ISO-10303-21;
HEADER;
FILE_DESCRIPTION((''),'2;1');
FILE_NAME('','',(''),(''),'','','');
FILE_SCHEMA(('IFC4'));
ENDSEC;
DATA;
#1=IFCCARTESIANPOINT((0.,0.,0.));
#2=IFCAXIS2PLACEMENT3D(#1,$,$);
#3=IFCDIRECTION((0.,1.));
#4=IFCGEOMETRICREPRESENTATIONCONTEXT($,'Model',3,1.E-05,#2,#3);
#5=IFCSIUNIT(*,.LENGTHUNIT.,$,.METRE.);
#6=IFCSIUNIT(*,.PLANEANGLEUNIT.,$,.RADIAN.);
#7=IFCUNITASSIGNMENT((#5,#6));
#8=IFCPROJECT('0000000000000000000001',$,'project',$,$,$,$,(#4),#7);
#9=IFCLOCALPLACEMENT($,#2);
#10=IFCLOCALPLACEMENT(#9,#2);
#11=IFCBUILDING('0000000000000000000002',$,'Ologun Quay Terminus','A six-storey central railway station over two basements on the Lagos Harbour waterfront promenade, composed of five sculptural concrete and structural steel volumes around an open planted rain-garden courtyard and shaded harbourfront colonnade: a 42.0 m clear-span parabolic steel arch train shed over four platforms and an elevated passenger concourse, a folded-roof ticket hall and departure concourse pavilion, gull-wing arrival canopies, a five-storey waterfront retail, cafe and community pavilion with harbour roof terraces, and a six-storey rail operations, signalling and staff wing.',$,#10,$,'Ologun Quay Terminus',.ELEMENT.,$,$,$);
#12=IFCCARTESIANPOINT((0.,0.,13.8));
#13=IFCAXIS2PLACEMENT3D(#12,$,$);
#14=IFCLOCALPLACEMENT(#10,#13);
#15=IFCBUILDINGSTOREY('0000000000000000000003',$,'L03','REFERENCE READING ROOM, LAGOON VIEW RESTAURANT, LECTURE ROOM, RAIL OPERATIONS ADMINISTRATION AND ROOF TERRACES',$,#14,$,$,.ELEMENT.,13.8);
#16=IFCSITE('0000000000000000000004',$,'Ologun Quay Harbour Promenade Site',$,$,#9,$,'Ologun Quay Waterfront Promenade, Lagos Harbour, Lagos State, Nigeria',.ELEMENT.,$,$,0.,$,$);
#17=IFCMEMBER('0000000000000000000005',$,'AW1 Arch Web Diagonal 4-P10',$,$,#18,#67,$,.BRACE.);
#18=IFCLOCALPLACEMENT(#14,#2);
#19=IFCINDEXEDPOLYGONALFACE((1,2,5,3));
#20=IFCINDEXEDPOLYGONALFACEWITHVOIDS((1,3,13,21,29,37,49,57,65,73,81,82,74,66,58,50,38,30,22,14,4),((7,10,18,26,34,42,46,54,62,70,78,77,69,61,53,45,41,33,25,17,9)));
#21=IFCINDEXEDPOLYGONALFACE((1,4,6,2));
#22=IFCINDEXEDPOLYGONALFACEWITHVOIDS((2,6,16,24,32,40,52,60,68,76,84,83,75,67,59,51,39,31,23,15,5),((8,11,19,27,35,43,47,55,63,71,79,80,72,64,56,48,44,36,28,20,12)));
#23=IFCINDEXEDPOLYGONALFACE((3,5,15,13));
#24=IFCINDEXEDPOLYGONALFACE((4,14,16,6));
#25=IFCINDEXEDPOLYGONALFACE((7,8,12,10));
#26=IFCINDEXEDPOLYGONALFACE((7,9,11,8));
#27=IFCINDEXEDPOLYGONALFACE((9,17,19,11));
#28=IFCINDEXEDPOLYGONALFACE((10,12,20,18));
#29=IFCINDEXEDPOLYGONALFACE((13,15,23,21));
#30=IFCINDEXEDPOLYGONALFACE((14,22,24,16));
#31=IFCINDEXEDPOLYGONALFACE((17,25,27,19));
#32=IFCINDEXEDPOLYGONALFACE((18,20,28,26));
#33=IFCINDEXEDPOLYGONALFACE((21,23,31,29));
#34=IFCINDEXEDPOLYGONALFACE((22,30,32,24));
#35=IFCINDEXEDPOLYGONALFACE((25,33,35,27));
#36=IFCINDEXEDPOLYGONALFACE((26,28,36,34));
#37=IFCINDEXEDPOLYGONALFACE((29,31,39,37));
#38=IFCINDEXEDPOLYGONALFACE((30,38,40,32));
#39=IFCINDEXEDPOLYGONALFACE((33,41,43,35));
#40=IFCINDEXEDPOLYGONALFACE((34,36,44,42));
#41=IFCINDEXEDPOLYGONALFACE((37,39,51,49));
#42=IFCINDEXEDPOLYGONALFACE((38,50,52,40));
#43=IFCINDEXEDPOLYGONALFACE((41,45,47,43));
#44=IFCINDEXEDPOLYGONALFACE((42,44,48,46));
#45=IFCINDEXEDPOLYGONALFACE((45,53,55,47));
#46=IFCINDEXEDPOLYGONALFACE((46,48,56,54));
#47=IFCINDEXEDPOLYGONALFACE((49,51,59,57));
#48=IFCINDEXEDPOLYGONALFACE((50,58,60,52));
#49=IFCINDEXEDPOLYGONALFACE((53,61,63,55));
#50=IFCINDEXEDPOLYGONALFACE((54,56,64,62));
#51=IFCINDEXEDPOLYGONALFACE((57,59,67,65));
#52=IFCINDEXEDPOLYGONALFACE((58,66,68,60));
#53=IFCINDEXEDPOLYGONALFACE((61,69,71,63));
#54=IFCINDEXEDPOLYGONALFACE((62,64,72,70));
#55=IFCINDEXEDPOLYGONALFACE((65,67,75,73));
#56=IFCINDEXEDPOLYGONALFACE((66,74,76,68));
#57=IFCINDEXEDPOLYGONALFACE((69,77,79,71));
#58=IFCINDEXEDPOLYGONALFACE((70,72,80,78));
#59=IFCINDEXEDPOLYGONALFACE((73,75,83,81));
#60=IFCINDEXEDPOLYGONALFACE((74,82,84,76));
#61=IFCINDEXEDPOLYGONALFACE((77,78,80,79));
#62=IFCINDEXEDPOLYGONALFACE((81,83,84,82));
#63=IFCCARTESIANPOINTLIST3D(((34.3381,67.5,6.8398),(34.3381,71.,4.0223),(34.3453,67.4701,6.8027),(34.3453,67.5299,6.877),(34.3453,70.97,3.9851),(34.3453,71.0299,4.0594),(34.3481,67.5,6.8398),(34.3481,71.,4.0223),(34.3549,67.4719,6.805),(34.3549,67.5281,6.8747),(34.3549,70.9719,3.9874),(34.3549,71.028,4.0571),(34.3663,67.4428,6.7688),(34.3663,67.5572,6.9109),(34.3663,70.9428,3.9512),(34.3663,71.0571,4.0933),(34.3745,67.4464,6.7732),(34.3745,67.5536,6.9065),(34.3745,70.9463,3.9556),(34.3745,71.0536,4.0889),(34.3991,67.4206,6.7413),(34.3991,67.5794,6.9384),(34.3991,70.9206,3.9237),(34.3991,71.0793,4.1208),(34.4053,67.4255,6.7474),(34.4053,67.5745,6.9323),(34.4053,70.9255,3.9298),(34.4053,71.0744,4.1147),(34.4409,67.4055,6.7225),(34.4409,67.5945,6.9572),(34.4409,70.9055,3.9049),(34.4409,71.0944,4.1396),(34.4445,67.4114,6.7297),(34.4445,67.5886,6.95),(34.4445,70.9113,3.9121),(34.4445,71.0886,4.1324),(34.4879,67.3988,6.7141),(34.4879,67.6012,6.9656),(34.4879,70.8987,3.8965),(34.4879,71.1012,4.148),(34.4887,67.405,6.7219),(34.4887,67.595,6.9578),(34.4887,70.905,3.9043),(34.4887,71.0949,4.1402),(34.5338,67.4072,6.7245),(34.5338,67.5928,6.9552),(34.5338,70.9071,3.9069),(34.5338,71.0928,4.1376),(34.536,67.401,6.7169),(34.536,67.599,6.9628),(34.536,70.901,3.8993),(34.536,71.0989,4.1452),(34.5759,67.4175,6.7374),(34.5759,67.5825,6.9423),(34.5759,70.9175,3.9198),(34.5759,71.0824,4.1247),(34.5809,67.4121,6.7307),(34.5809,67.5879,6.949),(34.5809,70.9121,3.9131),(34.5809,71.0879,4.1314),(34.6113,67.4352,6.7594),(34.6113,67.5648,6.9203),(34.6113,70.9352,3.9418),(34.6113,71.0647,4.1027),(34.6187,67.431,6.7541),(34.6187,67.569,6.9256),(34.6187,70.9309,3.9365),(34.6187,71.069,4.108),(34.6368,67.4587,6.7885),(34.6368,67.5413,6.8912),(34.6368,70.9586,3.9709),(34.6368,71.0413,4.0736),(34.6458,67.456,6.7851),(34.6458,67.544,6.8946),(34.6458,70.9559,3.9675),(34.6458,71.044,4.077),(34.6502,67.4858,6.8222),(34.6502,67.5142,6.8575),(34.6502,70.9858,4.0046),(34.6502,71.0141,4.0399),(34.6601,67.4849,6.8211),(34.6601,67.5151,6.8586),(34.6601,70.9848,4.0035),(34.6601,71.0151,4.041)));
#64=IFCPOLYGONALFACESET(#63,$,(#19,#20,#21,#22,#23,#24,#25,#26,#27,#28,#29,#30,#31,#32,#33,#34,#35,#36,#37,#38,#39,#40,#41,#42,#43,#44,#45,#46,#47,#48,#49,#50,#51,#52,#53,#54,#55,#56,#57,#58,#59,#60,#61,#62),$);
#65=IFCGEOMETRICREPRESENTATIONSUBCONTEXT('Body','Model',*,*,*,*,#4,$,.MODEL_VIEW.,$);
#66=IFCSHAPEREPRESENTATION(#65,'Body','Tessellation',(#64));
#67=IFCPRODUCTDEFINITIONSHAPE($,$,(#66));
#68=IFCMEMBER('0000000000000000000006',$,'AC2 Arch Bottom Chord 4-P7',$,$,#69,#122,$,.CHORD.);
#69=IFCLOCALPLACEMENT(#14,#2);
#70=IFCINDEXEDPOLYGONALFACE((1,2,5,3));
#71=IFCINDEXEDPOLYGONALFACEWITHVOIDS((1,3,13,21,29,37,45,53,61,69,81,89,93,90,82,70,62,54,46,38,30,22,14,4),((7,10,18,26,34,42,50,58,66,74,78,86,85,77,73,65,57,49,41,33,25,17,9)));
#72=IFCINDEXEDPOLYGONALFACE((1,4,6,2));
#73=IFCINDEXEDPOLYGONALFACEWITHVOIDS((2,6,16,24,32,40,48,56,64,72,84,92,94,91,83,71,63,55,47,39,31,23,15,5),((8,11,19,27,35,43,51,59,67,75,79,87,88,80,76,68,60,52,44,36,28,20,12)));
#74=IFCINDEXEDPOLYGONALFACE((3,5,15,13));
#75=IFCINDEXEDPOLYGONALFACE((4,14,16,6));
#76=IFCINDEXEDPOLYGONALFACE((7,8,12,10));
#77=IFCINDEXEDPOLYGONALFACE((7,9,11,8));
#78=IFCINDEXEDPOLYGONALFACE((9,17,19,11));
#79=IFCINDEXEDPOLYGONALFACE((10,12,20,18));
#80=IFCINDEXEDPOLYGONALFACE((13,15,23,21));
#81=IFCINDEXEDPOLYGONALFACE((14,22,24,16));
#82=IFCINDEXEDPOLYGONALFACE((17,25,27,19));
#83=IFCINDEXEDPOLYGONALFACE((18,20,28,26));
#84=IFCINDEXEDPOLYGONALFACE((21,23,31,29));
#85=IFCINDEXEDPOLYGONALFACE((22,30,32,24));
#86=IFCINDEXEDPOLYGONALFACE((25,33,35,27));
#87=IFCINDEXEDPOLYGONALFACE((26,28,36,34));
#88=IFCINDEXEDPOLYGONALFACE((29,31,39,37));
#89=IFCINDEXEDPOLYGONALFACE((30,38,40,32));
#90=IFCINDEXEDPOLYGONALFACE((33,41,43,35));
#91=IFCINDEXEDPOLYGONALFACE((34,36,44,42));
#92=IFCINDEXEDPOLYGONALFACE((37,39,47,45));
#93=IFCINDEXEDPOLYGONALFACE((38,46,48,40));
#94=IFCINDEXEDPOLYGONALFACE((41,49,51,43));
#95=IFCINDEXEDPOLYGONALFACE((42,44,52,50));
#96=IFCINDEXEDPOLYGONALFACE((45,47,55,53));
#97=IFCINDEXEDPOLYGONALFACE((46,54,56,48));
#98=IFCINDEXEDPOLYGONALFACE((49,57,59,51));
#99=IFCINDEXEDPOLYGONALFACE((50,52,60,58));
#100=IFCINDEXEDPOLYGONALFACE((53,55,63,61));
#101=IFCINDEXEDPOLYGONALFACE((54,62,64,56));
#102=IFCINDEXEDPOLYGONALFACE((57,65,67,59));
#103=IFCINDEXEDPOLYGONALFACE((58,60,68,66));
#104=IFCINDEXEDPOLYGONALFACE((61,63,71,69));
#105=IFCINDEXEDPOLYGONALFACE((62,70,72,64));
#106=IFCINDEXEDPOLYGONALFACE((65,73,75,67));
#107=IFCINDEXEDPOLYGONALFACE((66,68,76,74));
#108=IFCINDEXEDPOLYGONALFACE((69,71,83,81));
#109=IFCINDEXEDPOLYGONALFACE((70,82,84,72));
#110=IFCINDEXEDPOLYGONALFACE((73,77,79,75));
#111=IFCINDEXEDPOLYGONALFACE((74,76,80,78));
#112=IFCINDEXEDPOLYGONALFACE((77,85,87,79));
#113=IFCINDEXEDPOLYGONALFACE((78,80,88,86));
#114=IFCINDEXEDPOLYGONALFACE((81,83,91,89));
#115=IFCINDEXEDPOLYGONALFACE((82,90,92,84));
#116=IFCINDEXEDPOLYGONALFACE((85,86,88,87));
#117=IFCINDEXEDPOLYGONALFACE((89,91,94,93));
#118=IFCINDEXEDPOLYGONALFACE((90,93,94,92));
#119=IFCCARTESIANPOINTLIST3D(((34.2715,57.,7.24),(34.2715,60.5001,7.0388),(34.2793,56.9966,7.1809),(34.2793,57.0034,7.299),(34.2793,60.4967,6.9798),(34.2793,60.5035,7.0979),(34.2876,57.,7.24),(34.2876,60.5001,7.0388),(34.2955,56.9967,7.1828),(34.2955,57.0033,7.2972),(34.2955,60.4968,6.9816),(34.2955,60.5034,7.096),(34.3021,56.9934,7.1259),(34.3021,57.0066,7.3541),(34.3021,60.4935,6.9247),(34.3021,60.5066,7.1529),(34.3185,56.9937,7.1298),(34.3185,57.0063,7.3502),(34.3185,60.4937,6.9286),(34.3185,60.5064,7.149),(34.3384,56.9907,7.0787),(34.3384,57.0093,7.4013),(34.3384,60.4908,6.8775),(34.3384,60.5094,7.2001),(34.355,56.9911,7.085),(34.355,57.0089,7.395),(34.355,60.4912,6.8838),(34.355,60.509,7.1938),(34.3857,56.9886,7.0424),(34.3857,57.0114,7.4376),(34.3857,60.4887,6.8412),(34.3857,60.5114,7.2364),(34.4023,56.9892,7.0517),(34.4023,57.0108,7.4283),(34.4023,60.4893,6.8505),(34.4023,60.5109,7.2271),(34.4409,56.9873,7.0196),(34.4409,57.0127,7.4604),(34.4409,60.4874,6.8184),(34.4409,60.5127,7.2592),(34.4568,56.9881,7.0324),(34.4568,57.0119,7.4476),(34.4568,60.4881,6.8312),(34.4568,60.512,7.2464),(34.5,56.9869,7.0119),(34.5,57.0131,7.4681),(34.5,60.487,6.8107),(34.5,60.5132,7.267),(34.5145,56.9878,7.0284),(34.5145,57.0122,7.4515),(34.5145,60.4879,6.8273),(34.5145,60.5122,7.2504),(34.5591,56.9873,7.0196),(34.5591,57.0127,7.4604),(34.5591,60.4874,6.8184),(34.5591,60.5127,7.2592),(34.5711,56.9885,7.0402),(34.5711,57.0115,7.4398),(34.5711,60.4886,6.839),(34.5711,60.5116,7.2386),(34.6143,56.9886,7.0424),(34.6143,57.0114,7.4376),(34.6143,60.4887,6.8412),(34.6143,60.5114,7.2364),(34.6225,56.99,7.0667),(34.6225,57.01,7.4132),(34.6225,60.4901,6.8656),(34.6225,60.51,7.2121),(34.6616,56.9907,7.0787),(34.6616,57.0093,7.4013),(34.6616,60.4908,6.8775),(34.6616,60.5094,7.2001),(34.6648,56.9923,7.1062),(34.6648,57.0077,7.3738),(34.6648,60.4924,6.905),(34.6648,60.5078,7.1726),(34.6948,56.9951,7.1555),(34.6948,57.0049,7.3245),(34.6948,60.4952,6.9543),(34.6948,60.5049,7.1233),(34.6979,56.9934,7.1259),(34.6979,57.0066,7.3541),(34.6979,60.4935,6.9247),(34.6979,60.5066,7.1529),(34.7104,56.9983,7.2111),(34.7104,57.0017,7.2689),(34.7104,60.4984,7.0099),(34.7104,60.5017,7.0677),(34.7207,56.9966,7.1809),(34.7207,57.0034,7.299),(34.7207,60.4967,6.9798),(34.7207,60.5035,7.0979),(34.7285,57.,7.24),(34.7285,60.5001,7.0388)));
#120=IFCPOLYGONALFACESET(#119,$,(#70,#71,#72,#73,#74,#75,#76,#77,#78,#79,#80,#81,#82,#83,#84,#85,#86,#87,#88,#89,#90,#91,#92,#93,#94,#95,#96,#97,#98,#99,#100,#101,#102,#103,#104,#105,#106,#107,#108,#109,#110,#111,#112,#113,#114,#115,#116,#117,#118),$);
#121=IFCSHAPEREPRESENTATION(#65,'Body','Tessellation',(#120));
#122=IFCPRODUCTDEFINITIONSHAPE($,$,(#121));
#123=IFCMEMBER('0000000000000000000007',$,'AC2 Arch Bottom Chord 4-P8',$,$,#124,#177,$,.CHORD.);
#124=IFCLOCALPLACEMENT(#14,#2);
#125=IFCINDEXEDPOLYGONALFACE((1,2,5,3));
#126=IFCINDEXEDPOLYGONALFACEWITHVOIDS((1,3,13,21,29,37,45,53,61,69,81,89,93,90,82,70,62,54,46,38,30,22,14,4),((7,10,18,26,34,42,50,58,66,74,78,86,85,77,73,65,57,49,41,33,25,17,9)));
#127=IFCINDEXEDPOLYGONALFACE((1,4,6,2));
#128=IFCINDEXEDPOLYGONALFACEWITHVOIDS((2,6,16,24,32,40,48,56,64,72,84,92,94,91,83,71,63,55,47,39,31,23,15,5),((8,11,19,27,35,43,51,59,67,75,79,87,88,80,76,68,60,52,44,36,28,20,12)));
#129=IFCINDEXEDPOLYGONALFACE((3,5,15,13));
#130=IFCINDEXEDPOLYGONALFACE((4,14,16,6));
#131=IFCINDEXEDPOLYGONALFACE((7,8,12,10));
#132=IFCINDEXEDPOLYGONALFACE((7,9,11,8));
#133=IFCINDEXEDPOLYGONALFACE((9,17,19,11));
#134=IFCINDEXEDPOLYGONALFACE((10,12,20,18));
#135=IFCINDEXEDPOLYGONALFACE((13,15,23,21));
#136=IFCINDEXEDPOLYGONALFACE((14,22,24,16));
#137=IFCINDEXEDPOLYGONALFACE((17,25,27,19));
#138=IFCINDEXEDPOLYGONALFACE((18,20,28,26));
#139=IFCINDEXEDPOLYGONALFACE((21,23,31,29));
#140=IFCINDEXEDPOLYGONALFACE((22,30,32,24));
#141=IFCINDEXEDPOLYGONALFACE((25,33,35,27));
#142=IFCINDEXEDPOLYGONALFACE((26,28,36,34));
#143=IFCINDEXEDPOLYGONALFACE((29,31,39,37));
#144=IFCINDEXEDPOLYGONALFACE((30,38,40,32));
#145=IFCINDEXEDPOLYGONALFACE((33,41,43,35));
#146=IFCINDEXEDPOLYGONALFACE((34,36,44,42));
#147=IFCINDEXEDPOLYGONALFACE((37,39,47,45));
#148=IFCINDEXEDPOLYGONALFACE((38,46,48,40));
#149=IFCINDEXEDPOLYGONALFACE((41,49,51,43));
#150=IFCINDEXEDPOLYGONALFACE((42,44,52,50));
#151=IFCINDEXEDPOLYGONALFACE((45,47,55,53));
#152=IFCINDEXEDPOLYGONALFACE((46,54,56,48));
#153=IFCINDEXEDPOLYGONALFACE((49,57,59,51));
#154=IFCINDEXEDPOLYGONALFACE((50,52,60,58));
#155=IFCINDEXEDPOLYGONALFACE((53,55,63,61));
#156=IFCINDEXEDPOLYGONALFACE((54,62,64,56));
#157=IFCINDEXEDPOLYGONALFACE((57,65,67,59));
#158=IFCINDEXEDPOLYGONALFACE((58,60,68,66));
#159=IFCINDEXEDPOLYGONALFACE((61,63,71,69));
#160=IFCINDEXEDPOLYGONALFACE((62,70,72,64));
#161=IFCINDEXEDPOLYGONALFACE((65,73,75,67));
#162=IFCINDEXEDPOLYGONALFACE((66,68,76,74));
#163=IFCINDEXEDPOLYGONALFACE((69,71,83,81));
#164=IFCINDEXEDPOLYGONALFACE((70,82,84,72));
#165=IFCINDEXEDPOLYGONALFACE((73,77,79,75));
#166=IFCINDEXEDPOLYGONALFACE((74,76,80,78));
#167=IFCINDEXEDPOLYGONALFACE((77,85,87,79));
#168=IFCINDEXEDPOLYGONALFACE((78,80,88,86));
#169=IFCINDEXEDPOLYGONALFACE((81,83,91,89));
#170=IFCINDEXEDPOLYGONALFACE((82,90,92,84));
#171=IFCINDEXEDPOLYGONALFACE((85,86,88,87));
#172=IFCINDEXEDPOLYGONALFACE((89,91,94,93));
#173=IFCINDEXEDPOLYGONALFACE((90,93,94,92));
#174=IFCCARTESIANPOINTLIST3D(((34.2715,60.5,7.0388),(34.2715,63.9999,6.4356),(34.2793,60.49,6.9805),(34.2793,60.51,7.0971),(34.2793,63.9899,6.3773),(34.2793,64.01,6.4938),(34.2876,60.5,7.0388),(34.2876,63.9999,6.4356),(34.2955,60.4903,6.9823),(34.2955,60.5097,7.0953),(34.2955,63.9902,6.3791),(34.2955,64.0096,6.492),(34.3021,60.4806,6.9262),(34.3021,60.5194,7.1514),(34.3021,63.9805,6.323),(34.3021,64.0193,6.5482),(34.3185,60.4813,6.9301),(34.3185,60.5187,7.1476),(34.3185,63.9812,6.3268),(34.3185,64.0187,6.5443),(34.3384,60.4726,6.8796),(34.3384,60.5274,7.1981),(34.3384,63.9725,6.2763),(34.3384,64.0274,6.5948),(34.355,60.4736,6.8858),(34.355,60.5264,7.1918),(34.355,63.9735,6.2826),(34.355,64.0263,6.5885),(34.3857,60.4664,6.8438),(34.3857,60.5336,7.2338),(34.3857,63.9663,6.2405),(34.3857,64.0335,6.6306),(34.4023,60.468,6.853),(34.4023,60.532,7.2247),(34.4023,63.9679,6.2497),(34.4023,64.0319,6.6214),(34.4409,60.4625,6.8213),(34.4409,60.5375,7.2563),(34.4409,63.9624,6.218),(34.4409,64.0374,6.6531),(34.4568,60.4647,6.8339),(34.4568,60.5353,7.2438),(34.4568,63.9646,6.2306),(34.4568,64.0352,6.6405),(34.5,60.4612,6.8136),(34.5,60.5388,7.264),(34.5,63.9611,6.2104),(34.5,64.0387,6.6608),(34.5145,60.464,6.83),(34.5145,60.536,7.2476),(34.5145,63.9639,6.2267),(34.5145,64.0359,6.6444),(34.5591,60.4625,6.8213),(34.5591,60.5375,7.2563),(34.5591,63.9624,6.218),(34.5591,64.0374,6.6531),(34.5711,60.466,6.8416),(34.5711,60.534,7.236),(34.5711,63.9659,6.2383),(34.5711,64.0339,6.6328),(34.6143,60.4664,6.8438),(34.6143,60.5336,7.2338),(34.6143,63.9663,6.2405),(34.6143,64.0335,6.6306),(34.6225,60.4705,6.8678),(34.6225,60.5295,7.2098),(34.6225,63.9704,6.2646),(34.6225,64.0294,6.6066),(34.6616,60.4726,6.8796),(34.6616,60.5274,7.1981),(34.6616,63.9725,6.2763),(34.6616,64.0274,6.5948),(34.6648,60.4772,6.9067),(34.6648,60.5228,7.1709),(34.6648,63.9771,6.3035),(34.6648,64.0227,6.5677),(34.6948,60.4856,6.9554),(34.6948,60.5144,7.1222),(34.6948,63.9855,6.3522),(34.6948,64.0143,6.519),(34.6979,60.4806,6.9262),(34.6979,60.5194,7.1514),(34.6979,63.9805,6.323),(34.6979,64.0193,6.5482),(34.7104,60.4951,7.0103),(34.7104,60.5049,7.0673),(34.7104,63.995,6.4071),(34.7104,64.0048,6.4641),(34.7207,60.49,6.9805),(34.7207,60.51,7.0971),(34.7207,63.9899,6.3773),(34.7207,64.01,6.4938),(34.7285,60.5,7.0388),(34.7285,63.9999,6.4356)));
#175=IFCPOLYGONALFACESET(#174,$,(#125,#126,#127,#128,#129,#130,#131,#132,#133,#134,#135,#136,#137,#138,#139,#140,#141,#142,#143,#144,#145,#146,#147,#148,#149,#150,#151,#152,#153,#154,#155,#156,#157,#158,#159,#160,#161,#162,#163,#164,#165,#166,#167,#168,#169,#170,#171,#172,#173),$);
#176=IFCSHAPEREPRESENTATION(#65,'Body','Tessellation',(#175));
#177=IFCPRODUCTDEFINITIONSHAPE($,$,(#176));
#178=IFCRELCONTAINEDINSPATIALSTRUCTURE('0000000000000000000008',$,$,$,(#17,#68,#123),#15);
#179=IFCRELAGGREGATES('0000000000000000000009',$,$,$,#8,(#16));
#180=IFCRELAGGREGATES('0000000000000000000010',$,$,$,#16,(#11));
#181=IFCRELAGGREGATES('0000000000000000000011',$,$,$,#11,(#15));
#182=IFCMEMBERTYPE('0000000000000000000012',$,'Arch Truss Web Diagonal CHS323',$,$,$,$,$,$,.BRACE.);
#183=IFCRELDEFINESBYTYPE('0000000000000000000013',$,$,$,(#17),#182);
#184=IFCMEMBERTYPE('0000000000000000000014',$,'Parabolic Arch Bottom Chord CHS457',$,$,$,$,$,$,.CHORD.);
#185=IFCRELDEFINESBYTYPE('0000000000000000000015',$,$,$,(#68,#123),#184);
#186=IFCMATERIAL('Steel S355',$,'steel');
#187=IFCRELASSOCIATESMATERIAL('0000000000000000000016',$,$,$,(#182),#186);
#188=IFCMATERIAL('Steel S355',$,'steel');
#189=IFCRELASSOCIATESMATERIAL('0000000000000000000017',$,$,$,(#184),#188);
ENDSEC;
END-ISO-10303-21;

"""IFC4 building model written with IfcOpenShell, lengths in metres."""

from ifc_helpers import new_model, si_unit, direction, frame, origin, origin_2d, place, context, subcontext, project, spatial, hollow_circle, extrude, material, material_profile, profile_set, type_object, element, save


model = new_model("IFC4")

# Units and contexts
model_context = context("Model", 3, precision=1e-05, world=origin(), true_north=direction((0.0, 1.0)))
body_context = subcontext(model_context, "Body", "Model", "MODEL_VIEW")
ifc_project = project(units=[si_unit("LENGTHUNIT", "METRE"), si_unit("PLANEANGLEUNIT", "RADIAN")], contexts=[model_context])

# Site, building, storey
site_placement = place(None, origin())
site = spatial("IfcSite", under=ifc_project, at=site_placement, Name="Ologun Quay Harbour Promenade Site", LongName="Ologun Quay Waterfront Promenade, Lagos Harbour, Lagos State, Nigeria", CompositionType="ELEMENT", RefElevation=0.0)
building_placement = place(site_placement, origin())
building = spatial("IfcBuilding", under=site, at=building_placement, Name="Ologun Quay Terminus", Description="A six-storey central railway station over two basements on the Lagos Harbour waterfront promenade, composed of five sculptural concrete and structural steel volumes around an open planted rain-garden courtyard and shaded harbourfront colonnade: a 42.0 m clear-span parabolic steel arch train shed over four platforms and an elevated passenger concourse, a folded-roof ticket hall and departure concourse pavilion, gull-wing arrival canopies, a five-storey waterfront retail, cafe and community pavilion with harbour roof terraces, and a six-storey rail operations, signalling and staff wing.", LongName="Ologun Quay Terminus", CompositionType="ELEMENT")
storey_placement = place(building_placement, frame((0.0, 0.0, 13.8)))
storey = spatial("IfcBuildingStorey", under=building, at=storey_placement, Name="L03", Description="REFERENCE READING ROOM, LAGOON VIEW RESTAURANT, LECTURE ROOM, RAIL OPERATIONS ADMINISTRATION AND ROOF TERRACES", CompositionType="ELEMENT", Elevation=13.8)

# Members
ifc_material_1 = material(Name="Steel S355", Category="steel")
ifc_material_profile_1 = material_profile(ifc_material_1, hollow_circle(Radius=0.1619, WallThickness=0.01, at=origin_2d()), Name="CHS 323.9x10")
ifc_profile_set_1 = profile_set([ifc_material_profile_1], Name="Steel S355")
member_type_1 = type_object("IfcMemberType", Name="Arch Truss Web Diagonal CHS323", PredefinedType="BRACE", material=ifc_profile_set_1)
member_1_placement = place(storey_placement, frame((34.5, 67.5, 6.8398), z_axis=(0.0, 0.778951, -0.627084), x_axis=(-1.0, 0.0, 0.0)))
element("IfcMember", 1, at=member_1_placement, inside=storey, type_object=member_type_1, Name="AW1 Arch Web Diagonal 4-P10", PredefinedType="BRACE", context=body_context, shape_type="SweptSolid", body=[
    extrude(hollow_circle(Radius=0.1619, WallThickness=0.01, at=origin_2d()), origin(), (0.0, 0.0, 1.0), 4.4932),
])
ifc_material_2 = material(Name="Steel S355", Category="steel")
ifc_material_profile_2 = material_profile(ifc_material_2, hollow_circle(Radius=0.2285, WallThickness=0.0161, at=origin_2d()), Name="CHS 457x16")
ifc_profile_set_2 = profile_set([ifc_material_profile_2], Name="Steel S355")
member_type_2 = type_object("IfcMemberType", Name="Parabolic Arch Bottom Chord CHS457", PredefinedType="CHORD", material=ifc_profile_set_2)
member_2_placement = place(storey_placement, frame((34.5, 57.0, 7.24), z_axis=(0.0, 0.998352, -0.057383), x_axis=(-1.0, 0.0, 0.0)))
element("IfcMember", 2, at=member_2_placement, inside=storey, type_object=member_type_2, Name="AC2 Arch Bottom Chord 4-P7", PredefinedType="CHORD", context=body_context, shape_type="SweptSolid", body=[
    extrude(hollow_circle(Radius=0.2285, WallThickness=0.0161, at=origin_2d()), origin(), (0.0, 0.0, 1.0), 3.5059),
])
member_3_placement = place(storey_placement, frame((34.5, 60.5, 7.0388), z_axis=(0.0, 0.985468, -0.169859), x_axis=(-1.0, 0.0, 0.0)))
element("IfcMember", 3, at=member_3_placement, inside=storey, type_object=member_type_2, Name="AC2 Arch Bottom Chord 4-P8", PredefinedType="CHORD", context=body_context, shape_type="SweptSolid", body=[
    extrude(hollow_circle(Radius=0.2285, WallThickness=0.0161, at=origin_2d()), origin(), (0.0, 0.0, 1.0), 3.5515),
])

save(model, "model.ifc")
